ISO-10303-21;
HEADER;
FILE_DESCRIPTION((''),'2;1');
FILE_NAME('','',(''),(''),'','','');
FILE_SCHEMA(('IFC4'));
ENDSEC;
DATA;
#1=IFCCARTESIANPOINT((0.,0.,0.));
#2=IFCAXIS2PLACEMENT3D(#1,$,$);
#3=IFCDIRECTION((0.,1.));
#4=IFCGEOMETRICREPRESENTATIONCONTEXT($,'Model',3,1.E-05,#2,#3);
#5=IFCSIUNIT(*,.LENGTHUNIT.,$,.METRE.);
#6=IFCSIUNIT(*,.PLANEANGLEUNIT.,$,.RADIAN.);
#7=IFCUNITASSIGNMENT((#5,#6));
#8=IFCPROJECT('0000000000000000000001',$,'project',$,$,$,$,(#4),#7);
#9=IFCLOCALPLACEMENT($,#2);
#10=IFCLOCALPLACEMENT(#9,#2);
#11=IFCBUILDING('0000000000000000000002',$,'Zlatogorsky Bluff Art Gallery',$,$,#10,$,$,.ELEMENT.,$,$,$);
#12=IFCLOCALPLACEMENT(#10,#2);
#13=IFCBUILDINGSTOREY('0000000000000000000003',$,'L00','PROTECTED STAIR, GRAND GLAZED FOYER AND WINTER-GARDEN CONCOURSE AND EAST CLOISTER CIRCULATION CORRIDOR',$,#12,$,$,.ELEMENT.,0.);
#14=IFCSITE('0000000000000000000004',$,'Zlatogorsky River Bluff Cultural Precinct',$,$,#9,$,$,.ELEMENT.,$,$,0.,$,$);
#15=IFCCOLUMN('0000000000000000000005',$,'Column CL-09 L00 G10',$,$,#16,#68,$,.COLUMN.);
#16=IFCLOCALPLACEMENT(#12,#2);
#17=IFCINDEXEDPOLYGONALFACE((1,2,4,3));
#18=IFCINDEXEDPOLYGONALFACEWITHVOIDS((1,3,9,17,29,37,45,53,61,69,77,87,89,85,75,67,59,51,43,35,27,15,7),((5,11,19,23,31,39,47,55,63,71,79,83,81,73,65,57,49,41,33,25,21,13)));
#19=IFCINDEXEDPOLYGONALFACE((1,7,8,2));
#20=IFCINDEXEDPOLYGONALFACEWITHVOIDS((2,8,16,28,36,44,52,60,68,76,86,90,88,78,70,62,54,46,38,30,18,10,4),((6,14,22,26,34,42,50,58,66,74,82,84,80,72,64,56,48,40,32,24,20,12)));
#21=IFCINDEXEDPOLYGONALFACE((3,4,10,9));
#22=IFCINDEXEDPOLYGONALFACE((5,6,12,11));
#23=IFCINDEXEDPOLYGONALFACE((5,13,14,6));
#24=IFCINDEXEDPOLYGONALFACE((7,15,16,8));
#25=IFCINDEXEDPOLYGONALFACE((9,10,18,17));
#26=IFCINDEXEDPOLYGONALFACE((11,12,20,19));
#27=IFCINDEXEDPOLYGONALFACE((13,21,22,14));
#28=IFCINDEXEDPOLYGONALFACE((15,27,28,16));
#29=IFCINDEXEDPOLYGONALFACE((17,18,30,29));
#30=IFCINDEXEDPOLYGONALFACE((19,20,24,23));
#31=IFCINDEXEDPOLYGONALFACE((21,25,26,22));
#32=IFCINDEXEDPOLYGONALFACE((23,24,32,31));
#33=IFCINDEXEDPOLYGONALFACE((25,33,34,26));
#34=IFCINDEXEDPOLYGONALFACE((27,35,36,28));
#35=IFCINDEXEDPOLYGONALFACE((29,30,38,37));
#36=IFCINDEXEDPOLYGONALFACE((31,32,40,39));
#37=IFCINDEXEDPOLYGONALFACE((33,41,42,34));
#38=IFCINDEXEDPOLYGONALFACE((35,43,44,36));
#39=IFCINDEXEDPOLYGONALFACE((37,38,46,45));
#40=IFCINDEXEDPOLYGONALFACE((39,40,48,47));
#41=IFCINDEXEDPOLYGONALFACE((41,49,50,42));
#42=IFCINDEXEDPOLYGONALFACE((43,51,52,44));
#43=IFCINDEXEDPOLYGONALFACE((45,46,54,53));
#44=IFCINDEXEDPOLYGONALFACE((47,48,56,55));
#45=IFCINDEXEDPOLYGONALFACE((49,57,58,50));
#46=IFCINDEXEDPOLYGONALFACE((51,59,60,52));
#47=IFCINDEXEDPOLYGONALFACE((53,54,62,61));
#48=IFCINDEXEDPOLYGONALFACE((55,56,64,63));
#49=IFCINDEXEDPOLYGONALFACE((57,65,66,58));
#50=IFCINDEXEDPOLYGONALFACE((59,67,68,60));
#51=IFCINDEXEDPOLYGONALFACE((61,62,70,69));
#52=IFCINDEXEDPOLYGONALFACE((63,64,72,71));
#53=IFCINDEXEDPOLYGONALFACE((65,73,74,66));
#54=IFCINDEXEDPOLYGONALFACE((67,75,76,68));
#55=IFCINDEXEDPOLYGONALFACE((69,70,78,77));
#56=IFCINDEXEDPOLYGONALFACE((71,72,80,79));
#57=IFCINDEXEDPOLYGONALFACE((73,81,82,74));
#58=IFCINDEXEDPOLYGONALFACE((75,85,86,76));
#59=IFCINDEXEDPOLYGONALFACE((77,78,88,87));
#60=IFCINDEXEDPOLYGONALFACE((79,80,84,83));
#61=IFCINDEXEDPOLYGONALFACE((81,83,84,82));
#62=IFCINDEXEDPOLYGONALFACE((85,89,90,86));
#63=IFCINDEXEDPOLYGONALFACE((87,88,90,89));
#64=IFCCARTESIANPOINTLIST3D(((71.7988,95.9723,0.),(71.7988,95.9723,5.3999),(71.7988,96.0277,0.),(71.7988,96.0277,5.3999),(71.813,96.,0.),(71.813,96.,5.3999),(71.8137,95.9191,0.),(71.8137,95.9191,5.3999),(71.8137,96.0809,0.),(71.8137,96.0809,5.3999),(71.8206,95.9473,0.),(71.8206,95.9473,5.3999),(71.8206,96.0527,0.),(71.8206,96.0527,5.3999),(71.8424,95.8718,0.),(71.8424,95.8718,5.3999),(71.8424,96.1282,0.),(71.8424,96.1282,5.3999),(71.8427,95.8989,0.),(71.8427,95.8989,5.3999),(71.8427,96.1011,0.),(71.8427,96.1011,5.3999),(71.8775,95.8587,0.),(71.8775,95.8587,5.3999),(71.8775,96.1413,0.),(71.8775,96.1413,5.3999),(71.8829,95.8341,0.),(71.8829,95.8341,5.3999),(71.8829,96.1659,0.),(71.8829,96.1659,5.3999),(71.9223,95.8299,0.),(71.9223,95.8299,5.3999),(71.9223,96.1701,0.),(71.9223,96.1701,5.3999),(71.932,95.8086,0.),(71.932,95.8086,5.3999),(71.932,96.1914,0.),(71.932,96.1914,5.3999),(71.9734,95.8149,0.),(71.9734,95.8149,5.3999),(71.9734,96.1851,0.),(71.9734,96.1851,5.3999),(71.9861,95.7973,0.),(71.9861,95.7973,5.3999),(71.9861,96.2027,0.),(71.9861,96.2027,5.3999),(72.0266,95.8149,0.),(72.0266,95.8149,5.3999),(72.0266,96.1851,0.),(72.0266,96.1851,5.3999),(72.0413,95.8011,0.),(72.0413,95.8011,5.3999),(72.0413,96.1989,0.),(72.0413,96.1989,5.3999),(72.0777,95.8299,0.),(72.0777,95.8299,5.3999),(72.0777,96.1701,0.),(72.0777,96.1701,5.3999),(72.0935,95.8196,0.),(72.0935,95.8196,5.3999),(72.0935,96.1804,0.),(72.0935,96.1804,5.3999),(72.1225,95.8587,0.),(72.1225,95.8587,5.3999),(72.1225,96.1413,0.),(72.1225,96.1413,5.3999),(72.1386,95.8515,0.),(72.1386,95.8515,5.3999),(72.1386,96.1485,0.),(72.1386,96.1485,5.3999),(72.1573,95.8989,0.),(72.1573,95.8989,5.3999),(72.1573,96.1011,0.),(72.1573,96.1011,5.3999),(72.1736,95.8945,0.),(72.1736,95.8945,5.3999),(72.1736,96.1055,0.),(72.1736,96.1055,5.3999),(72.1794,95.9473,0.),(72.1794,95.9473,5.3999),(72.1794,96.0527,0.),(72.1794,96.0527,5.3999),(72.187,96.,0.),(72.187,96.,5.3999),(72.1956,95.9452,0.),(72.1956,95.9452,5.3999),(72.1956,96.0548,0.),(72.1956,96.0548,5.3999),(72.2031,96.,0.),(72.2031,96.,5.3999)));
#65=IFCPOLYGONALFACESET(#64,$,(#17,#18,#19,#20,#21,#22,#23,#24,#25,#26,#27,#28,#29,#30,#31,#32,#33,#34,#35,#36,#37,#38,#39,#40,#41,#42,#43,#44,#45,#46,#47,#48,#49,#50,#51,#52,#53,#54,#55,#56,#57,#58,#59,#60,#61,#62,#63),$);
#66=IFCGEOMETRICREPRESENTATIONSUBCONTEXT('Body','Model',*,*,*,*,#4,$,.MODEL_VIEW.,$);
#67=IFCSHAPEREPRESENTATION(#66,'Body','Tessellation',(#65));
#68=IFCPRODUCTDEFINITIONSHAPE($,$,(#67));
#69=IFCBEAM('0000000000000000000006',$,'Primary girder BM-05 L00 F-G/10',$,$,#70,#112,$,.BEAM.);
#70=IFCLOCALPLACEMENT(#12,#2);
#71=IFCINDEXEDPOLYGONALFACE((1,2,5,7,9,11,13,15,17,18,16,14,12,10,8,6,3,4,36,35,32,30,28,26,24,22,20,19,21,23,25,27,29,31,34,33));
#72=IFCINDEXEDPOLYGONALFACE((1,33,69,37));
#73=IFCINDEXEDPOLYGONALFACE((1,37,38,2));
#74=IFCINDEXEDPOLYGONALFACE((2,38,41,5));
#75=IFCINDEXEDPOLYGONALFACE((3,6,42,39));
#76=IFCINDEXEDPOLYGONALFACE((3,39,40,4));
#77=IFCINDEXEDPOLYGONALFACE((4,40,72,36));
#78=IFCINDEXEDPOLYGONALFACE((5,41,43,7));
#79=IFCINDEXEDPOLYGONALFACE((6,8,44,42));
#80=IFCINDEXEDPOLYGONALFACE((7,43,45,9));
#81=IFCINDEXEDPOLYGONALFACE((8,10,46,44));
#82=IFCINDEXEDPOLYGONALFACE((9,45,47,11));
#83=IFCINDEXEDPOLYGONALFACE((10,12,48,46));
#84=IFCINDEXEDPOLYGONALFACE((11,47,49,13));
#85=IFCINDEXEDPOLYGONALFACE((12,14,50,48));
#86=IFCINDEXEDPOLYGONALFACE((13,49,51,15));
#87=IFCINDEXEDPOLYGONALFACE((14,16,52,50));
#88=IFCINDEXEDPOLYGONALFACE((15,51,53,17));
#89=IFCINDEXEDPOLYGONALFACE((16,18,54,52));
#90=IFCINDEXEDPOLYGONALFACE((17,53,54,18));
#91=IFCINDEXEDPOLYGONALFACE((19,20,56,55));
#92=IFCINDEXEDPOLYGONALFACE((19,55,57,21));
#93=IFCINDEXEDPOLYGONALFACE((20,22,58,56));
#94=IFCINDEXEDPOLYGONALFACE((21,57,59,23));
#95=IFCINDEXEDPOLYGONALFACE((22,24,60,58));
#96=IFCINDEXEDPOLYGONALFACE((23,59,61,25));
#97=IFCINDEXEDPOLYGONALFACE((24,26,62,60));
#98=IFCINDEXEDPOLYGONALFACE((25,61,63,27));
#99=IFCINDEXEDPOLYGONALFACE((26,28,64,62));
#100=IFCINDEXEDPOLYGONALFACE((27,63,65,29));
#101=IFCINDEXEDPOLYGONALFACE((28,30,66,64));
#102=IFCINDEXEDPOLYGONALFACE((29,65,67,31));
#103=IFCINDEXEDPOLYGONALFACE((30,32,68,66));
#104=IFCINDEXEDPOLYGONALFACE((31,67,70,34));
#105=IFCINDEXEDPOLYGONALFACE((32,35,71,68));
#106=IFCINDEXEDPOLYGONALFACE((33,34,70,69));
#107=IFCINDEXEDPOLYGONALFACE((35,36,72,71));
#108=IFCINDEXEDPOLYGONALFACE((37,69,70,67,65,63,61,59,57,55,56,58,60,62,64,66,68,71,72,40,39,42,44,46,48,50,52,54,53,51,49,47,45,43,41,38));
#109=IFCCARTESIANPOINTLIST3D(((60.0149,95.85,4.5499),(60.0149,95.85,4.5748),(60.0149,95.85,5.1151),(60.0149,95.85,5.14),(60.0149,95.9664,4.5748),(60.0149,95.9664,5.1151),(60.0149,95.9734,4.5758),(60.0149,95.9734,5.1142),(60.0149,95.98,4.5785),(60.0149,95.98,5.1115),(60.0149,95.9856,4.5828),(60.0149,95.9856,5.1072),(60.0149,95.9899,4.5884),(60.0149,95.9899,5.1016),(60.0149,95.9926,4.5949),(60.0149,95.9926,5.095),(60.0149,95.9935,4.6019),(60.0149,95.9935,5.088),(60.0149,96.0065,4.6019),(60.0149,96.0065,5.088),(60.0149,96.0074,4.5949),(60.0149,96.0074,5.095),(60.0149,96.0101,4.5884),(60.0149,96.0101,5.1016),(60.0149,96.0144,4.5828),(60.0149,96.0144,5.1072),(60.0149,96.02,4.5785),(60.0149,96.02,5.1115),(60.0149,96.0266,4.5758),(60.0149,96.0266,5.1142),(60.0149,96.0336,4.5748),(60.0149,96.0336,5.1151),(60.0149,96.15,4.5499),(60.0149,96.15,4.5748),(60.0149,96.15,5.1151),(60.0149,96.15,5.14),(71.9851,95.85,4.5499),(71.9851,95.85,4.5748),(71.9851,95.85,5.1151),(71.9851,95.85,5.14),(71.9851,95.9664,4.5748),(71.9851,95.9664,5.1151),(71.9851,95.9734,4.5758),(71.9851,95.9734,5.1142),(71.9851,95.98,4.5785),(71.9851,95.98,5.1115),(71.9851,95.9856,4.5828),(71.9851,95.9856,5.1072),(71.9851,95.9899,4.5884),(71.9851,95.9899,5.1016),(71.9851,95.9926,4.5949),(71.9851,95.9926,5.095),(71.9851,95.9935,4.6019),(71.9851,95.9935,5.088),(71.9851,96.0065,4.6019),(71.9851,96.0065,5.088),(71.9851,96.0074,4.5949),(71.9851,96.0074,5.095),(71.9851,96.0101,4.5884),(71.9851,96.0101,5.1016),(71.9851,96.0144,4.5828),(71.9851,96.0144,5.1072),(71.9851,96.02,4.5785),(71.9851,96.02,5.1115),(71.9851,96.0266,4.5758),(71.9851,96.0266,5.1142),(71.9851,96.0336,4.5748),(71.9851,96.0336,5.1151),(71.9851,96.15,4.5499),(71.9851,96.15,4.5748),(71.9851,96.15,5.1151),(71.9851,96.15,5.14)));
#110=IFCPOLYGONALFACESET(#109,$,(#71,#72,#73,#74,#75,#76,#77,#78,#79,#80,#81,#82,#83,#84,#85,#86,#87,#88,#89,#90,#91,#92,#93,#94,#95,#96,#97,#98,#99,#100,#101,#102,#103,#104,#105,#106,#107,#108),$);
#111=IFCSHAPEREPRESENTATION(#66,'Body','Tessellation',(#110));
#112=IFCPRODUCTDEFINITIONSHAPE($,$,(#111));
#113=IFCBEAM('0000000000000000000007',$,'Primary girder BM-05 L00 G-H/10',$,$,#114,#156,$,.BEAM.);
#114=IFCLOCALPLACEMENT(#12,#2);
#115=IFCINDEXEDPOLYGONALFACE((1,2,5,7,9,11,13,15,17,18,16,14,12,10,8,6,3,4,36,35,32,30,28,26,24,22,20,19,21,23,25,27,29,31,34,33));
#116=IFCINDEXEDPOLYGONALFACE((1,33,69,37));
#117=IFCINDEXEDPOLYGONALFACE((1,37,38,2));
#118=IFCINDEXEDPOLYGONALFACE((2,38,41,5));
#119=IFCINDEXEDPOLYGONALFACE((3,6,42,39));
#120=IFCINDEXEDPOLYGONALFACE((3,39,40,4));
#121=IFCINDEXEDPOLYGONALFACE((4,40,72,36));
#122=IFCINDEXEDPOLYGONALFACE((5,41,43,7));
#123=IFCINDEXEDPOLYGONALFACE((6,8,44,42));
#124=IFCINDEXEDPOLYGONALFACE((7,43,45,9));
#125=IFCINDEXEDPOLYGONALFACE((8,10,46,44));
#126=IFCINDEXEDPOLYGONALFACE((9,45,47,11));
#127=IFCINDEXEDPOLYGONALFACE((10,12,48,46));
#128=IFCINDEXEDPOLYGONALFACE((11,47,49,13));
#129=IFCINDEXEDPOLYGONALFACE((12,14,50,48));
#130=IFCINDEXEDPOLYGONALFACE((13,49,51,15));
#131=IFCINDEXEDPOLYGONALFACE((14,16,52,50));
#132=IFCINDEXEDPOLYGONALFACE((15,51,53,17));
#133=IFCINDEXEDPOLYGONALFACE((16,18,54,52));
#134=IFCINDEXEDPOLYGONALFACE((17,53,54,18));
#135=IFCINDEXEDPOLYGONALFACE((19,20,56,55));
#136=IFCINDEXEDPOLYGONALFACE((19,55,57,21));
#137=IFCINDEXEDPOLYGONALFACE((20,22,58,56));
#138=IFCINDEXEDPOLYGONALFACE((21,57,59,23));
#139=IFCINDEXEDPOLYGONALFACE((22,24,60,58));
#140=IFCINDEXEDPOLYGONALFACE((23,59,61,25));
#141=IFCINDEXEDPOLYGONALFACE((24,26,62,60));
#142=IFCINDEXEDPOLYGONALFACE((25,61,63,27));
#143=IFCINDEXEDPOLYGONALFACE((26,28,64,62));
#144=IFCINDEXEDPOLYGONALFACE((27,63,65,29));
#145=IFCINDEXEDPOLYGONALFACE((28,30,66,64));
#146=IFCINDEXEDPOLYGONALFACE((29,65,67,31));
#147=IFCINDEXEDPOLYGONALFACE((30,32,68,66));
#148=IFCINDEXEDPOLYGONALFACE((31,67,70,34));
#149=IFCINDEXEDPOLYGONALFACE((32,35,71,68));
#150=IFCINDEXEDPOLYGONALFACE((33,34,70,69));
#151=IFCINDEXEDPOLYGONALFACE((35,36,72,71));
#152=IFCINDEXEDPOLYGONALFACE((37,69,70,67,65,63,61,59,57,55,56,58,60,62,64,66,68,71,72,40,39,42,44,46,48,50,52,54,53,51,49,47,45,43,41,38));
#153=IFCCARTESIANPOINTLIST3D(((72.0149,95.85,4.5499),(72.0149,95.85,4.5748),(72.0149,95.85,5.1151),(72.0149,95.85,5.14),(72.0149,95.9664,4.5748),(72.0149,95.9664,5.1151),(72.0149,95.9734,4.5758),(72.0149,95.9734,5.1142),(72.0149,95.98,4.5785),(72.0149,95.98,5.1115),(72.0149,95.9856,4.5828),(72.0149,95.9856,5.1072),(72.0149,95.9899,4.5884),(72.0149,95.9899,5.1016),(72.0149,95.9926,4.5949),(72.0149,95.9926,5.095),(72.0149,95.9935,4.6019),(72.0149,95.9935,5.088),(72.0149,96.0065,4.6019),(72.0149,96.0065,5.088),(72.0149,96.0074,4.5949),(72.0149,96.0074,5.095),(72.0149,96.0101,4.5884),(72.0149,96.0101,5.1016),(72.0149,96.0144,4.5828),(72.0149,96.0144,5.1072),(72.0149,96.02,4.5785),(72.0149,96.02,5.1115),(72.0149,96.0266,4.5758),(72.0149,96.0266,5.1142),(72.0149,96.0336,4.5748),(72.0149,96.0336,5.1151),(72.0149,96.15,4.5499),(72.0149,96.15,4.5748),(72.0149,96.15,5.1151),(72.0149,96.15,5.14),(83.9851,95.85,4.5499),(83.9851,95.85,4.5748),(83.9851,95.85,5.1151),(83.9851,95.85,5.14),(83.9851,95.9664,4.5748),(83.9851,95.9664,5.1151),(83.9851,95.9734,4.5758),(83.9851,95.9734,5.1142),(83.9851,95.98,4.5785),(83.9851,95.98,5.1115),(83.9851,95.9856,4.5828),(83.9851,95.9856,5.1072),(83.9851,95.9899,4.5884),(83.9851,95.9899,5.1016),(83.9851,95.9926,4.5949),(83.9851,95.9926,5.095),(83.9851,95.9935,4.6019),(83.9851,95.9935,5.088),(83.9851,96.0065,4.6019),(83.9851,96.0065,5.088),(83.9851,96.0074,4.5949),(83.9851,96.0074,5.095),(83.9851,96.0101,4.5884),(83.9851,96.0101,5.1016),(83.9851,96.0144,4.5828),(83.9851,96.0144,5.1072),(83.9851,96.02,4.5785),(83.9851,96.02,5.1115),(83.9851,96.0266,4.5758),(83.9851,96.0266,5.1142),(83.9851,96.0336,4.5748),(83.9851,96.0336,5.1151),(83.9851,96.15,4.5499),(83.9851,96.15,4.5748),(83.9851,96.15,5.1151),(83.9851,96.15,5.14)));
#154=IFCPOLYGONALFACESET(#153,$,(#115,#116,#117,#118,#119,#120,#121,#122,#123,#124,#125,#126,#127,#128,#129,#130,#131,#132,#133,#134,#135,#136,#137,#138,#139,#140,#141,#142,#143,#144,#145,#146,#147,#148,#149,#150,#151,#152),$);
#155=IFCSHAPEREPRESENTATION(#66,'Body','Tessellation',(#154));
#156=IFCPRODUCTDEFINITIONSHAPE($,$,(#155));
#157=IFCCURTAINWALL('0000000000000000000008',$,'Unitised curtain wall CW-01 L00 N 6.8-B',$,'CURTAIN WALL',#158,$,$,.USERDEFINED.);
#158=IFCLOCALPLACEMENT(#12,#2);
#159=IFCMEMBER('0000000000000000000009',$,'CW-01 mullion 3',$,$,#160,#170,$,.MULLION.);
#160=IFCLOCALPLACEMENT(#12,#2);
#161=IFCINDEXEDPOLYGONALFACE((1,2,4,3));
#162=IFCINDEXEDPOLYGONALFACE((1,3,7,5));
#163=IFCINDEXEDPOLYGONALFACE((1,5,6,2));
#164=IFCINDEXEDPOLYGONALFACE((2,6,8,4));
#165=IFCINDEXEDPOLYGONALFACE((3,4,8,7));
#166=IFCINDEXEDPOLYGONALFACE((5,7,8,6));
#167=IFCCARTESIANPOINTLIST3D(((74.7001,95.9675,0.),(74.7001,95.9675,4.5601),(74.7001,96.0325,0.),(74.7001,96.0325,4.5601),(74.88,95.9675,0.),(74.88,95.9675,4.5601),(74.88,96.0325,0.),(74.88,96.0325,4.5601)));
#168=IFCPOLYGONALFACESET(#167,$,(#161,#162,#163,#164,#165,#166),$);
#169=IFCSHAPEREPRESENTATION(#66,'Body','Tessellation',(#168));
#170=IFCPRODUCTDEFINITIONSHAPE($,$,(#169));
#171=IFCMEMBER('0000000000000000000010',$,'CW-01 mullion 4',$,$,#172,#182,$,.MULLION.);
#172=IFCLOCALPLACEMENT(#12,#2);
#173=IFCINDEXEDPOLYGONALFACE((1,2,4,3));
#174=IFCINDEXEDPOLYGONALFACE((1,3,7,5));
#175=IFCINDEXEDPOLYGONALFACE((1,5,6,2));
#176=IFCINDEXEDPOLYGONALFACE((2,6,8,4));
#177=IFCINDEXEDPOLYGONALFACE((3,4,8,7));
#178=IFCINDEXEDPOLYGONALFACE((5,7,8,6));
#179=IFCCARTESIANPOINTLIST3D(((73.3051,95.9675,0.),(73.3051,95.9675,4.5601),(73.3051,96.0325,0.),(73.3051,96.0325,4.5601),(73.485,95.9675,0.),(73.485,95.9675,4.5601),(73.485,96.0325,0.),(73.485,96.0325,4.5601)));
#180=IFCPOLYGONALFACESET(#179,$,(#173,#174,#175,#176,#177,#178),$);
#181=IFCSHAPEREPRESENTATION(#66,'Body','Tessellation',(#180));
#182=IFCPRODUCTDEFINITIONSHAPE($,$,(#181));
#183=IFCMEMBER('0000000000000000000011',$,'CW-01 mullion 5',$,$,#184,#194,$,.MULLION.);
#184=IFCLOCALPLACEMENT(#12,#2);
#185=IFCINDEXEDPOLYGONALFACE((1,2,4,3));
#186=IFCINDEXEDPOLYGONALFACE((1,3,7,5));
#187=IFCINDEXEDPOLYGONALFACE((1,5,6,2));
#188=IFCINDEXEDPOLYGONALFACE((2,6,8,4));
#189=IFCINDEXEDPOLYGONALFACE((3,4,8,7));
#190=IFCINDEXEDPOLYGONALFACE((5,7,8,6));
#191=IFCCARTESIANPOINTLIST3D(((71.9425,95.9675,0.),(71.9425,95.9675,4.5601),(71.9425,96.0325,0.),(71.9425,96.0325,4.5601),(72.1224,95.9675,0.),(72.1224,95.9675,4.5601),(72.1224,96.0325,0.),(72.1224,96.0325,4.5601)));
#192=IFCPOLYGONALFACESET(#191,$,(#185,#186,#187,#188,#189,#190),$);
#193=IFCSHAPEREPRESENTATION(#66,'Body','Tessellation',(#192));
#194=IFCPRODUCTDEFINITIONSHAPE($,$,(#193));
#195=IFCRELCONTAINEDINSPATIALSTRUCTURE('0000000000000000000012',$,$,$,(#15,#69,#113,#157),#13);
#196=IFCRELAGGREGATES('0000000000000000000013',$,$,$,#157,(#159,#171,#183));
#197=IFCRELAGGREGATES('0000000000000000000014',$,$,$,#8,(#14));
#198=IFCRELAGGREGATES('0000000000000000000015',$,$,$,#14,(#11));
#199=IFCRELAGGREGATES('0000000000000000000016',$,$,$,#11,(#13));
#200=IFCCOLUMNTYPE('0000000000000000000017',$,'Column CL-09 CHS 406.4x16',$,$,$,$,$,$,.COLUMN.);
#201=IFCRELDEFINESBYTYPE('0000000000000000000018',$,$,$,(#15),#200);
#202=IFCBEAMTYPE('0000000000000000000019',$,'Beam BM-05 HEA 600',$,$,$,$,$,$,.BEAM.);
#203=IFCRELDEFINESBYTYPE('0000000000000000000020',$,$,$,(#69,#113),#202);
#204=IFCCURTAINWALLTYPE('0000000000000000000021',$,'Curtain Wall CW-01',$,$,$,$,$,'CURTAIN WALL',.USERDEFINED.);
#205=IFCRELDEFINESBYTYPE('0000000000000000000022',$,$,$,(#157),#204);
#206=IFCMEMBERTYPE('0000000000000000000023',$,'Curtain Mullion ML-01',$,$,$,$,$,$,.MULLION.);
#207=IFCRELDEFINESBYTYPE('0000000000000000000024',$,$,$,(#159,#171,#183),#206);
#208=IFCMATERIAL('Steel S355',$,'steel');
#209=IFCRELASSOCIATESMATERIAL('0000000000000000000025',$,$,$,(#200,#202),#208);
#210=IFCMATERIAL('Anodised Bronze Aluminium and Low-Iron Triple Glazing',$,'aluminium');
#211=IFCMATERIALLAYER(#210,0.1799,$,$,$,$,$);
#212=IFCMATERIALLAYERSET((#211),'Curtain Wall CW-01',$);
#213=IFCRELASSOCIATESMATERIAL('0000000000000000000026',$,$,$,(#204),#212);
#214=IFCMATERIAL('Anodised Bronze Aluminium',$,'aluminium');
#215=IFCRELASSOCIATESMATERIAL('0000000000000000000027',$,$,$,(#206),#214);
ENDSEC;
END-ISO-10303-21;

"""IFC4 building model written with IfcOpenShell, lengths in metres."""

from ifc_helpers import new_model, si_unit, direction, frame, origin, origin_2d, place, context, subcontext, project, spatial, rectangle, hollow_circle, i_section, extrude, material, layer, layer_set, material_profile, profile_set, type_object, element, aggregate, save


model = new_model("IFC4")

# Units and contexts
model_context = context("Model", 3, precision=1e-05, world=origin(), true_north=direction((0.0, 1.0)))
body_context = subcontext(model_context, "Body", "Model", "MODEL_VIEW")
ifc_project = project(units=[si_unit("LENGTHUNIT", "METRE"), si_unit("PLANEANGLEUNIT", "RADIAN")], contexts=[model_context])

# Site, building, storey
site_placement = place(None, origin())
site = spatial("IfcSite", under=ifc_project, at=site_placement, Name="Zlatogorsky River Bluff Cultural Precinct", CompositionType="ELEMENT", RefElevation=0.0)
building_placement = place(site_placement, origin())
building = spatial("IfcBuilding", under=site, at=building_placement, Name="Zlatogorsky Bluff Art Gallery", CompositionType="ELEMENT")
storey_placement = place(building_placement, origin())
storey = spatial("IfcBuildingStorey", under=building, at=storey_placement, Name="L00", Description="PROTECTED STAIR, GRAND GLAZED FOYER AND WINTER-GARDEN CONCOURSE AND EAST CLOISTER CIRCULATION CORRIDOR", CompositionType="ELEMENT", Elevation=0.0)

# Column
ifc_material_1 = material(Name="Steel S355", Category="steel")
ifc_material_profile_1 = material_profile(ifc_material_1, hollow_circle(Radius=0.2031, WallThickness=0.0161, at=origin_2d()), Name="CHS 406.4x16")
ifc_profile_set_1 = profile_set([ifc_material_profile_1], Name="Steel S355")
column_type = type_object("IfcColumnType", Name="Column CL-09 CHS 406.4x16", PredefinedType="COLUMN", material=ifc_profile_set_1)
column_placement = place(storey_placement, frame((72.0, 96.0, 0.0), z_axis=(0.0, 0.0, 1.0), x_axis=(1.0, 0.0, 0.0)))
element("IfcColumn", 1, at=column_placement, inside=storey, type_object=column_type, Name="Column CL-09 L00 G10", PredefinedType="COLUMN", context=body_context, shape_type="SweptSolid", body=[
    extrude(hollow_circle(Radius=0.2031, WallThickness=0.0161, at=origin_2d()), origin(), (0.0, 0.0, 1.0), 5.3999),
])

# Beams
ifc_material_profile_2 = material_profile(ifc_material_1, i_section(OverallWidth=0.3, OverallDepth=0.5901, WebThickness=0.0129, FlangeThickness=0.0249, FilletRadius=0.0271, at=origin_2d()), Name="HEA 600")
ifc_profile_set_2 = profile_set([ifc_material_profile_2], Name="Steel S355")
beam_type = type_object("IfcBeamType", Name="Beam BM-05 HEA 600", PredefinedType="BEAM", material=ifc_profile_set_2)
for number, where, z_axis, x_axis, name in (
    (2, (60.0149, 96.0, 4.845), (1.0, 0.0, 0.0), (0.0, 1.0, 0.0), "Primary girder BM-05 L00 F-G/10"),
    (3, (72.0149, 96.0, 4.845), (1.0, 0.0, 0.0), (0.0, 1.0, 0.0), "Primary girder BM-05 L00 G-H/10"),
):
    element("IfcBeam", number, at=place(storey_placement, frame(where, z_axis=z_axis, x_axis=x_axis)), inside=storey, type_object=beam_type, Name=name, PredefinedType="BEAM", context=body_context, shape_type="SweptSolid", body=[
        extrude(i_section(OverallWidth=0.3, OverallDepth=0.5901, WebThickness=0.0129, FlangeThickness=0.0249, FilletRadius=0.0271, at=origin_2d()), origin(), (0.0, 0.0, 1.0), 11.9702),
    ])

# Curtain wall, members
ifc_material_2 = material(Name="Anodised Bronze Aluminium and Low-Iron Triple Glazing", Category="aluminium")
ifc_layer_1 = layer(ifc_material_2, 0.1799)
ifc_layer_set_1 = layer_set([ifc_layer_1], Name="Curtain Wall CW-01")
curtain_wall_type = type_object("IfcCurtainWallType", Name="Curtain Wall CW-01", ElementType="CURTAIN WALL", PredefinedType="USERDEFINED", material=ifc_layer_set_1)
curtain_wall_placement = place(storey_placement, origin())
curtain_wall = element("IfcCurtainWall", 4, at=curtain_wall_placement, inside=storey, type_object=curtain_wall_type, Name="Unitised curtain wall CW-01 L00 N 6.8-B", ObjectType="CURTAIN WALL", PredefinedType="USERDEFINED")
ifc_material_3 = material(Name="Anodised Bronze Aluminium", Category="aluminium")
ifc_material_profile_3 = material_profile(ifc_material_3, rectangle(XDim=0.0649, YDim=0.1799, at=origin_2d()), Name="ALU MULLION 65x180")
ifc_profile_set_3 = profile_set([ifc_material_profile_3], Name="Anodised Bronze Aluminium")
member_type_1 = type_object("IfcMemberType", Name="Curtain Mullion ML-01", PredefinedType="MULLION", material=ifc_profile_set_3)
member_1_placement = place(storey_placement, frame((74.79, 96.0, 0.0), z_axis=(0.0, 0.0, 1.0), x_axis=(0.0, -1.0, 0.0)))
member_1 = element("IfcMember", 5, at=member_1_placement, type_object=member_type_1, Name="CW-01 mullion 3", PredefinedType="MULLION", context=body_context, shape_type="SweptSolid", body=[
    extrude(rectangle(XDim=0.0649, YDim=0.1799, at=origin_2d()), origin(), (0.0, 0.0, 1.0), 4.5601),
])
member_2_placement = place(storey_placement, frame((73.395, 96.0, 0.0), z_axis=(0.0, 0.0, 1.0), x_axis=(0.0, -1.0, 0.0)))
member_2 = element("IfcMember", 6, at=member_2_placement, type_object=member_type_1, Name="CW-01 mullion 4", PredefinedType="MULLION", context=body_context, shape_type="SweptSolid", body=[
    extrude(rectangle(XDim=0.0649, YDim=0.1799, at=origin_2d()), origin(), (0.0, 0.0, 1.0), 4.5601),
])
member_3_placement = place(storey_placement, frame((72.0325, 96.0, 0.0), z_axis=(0.0, 0.0, 1.0), x_axis=(0.0, -1.0, 0.0)))
member_3 = element("IfcMember", 7, at=member_3_placement, type_object=member_type_1, Name="CW-01 mullion 5", PredefinedType="MULLION", context=body_context, shape_type="SweptSolid", body=[
    extrude(rectangle(XDim=0.0649, YDim=0.1799, at=origin_2d()), origin(), (0.0, 0.0, 1.0), 4.5601),
])
aggregate(curtain_wall, [member_1, member_2, member_3])

save(model, "model.ifc")
